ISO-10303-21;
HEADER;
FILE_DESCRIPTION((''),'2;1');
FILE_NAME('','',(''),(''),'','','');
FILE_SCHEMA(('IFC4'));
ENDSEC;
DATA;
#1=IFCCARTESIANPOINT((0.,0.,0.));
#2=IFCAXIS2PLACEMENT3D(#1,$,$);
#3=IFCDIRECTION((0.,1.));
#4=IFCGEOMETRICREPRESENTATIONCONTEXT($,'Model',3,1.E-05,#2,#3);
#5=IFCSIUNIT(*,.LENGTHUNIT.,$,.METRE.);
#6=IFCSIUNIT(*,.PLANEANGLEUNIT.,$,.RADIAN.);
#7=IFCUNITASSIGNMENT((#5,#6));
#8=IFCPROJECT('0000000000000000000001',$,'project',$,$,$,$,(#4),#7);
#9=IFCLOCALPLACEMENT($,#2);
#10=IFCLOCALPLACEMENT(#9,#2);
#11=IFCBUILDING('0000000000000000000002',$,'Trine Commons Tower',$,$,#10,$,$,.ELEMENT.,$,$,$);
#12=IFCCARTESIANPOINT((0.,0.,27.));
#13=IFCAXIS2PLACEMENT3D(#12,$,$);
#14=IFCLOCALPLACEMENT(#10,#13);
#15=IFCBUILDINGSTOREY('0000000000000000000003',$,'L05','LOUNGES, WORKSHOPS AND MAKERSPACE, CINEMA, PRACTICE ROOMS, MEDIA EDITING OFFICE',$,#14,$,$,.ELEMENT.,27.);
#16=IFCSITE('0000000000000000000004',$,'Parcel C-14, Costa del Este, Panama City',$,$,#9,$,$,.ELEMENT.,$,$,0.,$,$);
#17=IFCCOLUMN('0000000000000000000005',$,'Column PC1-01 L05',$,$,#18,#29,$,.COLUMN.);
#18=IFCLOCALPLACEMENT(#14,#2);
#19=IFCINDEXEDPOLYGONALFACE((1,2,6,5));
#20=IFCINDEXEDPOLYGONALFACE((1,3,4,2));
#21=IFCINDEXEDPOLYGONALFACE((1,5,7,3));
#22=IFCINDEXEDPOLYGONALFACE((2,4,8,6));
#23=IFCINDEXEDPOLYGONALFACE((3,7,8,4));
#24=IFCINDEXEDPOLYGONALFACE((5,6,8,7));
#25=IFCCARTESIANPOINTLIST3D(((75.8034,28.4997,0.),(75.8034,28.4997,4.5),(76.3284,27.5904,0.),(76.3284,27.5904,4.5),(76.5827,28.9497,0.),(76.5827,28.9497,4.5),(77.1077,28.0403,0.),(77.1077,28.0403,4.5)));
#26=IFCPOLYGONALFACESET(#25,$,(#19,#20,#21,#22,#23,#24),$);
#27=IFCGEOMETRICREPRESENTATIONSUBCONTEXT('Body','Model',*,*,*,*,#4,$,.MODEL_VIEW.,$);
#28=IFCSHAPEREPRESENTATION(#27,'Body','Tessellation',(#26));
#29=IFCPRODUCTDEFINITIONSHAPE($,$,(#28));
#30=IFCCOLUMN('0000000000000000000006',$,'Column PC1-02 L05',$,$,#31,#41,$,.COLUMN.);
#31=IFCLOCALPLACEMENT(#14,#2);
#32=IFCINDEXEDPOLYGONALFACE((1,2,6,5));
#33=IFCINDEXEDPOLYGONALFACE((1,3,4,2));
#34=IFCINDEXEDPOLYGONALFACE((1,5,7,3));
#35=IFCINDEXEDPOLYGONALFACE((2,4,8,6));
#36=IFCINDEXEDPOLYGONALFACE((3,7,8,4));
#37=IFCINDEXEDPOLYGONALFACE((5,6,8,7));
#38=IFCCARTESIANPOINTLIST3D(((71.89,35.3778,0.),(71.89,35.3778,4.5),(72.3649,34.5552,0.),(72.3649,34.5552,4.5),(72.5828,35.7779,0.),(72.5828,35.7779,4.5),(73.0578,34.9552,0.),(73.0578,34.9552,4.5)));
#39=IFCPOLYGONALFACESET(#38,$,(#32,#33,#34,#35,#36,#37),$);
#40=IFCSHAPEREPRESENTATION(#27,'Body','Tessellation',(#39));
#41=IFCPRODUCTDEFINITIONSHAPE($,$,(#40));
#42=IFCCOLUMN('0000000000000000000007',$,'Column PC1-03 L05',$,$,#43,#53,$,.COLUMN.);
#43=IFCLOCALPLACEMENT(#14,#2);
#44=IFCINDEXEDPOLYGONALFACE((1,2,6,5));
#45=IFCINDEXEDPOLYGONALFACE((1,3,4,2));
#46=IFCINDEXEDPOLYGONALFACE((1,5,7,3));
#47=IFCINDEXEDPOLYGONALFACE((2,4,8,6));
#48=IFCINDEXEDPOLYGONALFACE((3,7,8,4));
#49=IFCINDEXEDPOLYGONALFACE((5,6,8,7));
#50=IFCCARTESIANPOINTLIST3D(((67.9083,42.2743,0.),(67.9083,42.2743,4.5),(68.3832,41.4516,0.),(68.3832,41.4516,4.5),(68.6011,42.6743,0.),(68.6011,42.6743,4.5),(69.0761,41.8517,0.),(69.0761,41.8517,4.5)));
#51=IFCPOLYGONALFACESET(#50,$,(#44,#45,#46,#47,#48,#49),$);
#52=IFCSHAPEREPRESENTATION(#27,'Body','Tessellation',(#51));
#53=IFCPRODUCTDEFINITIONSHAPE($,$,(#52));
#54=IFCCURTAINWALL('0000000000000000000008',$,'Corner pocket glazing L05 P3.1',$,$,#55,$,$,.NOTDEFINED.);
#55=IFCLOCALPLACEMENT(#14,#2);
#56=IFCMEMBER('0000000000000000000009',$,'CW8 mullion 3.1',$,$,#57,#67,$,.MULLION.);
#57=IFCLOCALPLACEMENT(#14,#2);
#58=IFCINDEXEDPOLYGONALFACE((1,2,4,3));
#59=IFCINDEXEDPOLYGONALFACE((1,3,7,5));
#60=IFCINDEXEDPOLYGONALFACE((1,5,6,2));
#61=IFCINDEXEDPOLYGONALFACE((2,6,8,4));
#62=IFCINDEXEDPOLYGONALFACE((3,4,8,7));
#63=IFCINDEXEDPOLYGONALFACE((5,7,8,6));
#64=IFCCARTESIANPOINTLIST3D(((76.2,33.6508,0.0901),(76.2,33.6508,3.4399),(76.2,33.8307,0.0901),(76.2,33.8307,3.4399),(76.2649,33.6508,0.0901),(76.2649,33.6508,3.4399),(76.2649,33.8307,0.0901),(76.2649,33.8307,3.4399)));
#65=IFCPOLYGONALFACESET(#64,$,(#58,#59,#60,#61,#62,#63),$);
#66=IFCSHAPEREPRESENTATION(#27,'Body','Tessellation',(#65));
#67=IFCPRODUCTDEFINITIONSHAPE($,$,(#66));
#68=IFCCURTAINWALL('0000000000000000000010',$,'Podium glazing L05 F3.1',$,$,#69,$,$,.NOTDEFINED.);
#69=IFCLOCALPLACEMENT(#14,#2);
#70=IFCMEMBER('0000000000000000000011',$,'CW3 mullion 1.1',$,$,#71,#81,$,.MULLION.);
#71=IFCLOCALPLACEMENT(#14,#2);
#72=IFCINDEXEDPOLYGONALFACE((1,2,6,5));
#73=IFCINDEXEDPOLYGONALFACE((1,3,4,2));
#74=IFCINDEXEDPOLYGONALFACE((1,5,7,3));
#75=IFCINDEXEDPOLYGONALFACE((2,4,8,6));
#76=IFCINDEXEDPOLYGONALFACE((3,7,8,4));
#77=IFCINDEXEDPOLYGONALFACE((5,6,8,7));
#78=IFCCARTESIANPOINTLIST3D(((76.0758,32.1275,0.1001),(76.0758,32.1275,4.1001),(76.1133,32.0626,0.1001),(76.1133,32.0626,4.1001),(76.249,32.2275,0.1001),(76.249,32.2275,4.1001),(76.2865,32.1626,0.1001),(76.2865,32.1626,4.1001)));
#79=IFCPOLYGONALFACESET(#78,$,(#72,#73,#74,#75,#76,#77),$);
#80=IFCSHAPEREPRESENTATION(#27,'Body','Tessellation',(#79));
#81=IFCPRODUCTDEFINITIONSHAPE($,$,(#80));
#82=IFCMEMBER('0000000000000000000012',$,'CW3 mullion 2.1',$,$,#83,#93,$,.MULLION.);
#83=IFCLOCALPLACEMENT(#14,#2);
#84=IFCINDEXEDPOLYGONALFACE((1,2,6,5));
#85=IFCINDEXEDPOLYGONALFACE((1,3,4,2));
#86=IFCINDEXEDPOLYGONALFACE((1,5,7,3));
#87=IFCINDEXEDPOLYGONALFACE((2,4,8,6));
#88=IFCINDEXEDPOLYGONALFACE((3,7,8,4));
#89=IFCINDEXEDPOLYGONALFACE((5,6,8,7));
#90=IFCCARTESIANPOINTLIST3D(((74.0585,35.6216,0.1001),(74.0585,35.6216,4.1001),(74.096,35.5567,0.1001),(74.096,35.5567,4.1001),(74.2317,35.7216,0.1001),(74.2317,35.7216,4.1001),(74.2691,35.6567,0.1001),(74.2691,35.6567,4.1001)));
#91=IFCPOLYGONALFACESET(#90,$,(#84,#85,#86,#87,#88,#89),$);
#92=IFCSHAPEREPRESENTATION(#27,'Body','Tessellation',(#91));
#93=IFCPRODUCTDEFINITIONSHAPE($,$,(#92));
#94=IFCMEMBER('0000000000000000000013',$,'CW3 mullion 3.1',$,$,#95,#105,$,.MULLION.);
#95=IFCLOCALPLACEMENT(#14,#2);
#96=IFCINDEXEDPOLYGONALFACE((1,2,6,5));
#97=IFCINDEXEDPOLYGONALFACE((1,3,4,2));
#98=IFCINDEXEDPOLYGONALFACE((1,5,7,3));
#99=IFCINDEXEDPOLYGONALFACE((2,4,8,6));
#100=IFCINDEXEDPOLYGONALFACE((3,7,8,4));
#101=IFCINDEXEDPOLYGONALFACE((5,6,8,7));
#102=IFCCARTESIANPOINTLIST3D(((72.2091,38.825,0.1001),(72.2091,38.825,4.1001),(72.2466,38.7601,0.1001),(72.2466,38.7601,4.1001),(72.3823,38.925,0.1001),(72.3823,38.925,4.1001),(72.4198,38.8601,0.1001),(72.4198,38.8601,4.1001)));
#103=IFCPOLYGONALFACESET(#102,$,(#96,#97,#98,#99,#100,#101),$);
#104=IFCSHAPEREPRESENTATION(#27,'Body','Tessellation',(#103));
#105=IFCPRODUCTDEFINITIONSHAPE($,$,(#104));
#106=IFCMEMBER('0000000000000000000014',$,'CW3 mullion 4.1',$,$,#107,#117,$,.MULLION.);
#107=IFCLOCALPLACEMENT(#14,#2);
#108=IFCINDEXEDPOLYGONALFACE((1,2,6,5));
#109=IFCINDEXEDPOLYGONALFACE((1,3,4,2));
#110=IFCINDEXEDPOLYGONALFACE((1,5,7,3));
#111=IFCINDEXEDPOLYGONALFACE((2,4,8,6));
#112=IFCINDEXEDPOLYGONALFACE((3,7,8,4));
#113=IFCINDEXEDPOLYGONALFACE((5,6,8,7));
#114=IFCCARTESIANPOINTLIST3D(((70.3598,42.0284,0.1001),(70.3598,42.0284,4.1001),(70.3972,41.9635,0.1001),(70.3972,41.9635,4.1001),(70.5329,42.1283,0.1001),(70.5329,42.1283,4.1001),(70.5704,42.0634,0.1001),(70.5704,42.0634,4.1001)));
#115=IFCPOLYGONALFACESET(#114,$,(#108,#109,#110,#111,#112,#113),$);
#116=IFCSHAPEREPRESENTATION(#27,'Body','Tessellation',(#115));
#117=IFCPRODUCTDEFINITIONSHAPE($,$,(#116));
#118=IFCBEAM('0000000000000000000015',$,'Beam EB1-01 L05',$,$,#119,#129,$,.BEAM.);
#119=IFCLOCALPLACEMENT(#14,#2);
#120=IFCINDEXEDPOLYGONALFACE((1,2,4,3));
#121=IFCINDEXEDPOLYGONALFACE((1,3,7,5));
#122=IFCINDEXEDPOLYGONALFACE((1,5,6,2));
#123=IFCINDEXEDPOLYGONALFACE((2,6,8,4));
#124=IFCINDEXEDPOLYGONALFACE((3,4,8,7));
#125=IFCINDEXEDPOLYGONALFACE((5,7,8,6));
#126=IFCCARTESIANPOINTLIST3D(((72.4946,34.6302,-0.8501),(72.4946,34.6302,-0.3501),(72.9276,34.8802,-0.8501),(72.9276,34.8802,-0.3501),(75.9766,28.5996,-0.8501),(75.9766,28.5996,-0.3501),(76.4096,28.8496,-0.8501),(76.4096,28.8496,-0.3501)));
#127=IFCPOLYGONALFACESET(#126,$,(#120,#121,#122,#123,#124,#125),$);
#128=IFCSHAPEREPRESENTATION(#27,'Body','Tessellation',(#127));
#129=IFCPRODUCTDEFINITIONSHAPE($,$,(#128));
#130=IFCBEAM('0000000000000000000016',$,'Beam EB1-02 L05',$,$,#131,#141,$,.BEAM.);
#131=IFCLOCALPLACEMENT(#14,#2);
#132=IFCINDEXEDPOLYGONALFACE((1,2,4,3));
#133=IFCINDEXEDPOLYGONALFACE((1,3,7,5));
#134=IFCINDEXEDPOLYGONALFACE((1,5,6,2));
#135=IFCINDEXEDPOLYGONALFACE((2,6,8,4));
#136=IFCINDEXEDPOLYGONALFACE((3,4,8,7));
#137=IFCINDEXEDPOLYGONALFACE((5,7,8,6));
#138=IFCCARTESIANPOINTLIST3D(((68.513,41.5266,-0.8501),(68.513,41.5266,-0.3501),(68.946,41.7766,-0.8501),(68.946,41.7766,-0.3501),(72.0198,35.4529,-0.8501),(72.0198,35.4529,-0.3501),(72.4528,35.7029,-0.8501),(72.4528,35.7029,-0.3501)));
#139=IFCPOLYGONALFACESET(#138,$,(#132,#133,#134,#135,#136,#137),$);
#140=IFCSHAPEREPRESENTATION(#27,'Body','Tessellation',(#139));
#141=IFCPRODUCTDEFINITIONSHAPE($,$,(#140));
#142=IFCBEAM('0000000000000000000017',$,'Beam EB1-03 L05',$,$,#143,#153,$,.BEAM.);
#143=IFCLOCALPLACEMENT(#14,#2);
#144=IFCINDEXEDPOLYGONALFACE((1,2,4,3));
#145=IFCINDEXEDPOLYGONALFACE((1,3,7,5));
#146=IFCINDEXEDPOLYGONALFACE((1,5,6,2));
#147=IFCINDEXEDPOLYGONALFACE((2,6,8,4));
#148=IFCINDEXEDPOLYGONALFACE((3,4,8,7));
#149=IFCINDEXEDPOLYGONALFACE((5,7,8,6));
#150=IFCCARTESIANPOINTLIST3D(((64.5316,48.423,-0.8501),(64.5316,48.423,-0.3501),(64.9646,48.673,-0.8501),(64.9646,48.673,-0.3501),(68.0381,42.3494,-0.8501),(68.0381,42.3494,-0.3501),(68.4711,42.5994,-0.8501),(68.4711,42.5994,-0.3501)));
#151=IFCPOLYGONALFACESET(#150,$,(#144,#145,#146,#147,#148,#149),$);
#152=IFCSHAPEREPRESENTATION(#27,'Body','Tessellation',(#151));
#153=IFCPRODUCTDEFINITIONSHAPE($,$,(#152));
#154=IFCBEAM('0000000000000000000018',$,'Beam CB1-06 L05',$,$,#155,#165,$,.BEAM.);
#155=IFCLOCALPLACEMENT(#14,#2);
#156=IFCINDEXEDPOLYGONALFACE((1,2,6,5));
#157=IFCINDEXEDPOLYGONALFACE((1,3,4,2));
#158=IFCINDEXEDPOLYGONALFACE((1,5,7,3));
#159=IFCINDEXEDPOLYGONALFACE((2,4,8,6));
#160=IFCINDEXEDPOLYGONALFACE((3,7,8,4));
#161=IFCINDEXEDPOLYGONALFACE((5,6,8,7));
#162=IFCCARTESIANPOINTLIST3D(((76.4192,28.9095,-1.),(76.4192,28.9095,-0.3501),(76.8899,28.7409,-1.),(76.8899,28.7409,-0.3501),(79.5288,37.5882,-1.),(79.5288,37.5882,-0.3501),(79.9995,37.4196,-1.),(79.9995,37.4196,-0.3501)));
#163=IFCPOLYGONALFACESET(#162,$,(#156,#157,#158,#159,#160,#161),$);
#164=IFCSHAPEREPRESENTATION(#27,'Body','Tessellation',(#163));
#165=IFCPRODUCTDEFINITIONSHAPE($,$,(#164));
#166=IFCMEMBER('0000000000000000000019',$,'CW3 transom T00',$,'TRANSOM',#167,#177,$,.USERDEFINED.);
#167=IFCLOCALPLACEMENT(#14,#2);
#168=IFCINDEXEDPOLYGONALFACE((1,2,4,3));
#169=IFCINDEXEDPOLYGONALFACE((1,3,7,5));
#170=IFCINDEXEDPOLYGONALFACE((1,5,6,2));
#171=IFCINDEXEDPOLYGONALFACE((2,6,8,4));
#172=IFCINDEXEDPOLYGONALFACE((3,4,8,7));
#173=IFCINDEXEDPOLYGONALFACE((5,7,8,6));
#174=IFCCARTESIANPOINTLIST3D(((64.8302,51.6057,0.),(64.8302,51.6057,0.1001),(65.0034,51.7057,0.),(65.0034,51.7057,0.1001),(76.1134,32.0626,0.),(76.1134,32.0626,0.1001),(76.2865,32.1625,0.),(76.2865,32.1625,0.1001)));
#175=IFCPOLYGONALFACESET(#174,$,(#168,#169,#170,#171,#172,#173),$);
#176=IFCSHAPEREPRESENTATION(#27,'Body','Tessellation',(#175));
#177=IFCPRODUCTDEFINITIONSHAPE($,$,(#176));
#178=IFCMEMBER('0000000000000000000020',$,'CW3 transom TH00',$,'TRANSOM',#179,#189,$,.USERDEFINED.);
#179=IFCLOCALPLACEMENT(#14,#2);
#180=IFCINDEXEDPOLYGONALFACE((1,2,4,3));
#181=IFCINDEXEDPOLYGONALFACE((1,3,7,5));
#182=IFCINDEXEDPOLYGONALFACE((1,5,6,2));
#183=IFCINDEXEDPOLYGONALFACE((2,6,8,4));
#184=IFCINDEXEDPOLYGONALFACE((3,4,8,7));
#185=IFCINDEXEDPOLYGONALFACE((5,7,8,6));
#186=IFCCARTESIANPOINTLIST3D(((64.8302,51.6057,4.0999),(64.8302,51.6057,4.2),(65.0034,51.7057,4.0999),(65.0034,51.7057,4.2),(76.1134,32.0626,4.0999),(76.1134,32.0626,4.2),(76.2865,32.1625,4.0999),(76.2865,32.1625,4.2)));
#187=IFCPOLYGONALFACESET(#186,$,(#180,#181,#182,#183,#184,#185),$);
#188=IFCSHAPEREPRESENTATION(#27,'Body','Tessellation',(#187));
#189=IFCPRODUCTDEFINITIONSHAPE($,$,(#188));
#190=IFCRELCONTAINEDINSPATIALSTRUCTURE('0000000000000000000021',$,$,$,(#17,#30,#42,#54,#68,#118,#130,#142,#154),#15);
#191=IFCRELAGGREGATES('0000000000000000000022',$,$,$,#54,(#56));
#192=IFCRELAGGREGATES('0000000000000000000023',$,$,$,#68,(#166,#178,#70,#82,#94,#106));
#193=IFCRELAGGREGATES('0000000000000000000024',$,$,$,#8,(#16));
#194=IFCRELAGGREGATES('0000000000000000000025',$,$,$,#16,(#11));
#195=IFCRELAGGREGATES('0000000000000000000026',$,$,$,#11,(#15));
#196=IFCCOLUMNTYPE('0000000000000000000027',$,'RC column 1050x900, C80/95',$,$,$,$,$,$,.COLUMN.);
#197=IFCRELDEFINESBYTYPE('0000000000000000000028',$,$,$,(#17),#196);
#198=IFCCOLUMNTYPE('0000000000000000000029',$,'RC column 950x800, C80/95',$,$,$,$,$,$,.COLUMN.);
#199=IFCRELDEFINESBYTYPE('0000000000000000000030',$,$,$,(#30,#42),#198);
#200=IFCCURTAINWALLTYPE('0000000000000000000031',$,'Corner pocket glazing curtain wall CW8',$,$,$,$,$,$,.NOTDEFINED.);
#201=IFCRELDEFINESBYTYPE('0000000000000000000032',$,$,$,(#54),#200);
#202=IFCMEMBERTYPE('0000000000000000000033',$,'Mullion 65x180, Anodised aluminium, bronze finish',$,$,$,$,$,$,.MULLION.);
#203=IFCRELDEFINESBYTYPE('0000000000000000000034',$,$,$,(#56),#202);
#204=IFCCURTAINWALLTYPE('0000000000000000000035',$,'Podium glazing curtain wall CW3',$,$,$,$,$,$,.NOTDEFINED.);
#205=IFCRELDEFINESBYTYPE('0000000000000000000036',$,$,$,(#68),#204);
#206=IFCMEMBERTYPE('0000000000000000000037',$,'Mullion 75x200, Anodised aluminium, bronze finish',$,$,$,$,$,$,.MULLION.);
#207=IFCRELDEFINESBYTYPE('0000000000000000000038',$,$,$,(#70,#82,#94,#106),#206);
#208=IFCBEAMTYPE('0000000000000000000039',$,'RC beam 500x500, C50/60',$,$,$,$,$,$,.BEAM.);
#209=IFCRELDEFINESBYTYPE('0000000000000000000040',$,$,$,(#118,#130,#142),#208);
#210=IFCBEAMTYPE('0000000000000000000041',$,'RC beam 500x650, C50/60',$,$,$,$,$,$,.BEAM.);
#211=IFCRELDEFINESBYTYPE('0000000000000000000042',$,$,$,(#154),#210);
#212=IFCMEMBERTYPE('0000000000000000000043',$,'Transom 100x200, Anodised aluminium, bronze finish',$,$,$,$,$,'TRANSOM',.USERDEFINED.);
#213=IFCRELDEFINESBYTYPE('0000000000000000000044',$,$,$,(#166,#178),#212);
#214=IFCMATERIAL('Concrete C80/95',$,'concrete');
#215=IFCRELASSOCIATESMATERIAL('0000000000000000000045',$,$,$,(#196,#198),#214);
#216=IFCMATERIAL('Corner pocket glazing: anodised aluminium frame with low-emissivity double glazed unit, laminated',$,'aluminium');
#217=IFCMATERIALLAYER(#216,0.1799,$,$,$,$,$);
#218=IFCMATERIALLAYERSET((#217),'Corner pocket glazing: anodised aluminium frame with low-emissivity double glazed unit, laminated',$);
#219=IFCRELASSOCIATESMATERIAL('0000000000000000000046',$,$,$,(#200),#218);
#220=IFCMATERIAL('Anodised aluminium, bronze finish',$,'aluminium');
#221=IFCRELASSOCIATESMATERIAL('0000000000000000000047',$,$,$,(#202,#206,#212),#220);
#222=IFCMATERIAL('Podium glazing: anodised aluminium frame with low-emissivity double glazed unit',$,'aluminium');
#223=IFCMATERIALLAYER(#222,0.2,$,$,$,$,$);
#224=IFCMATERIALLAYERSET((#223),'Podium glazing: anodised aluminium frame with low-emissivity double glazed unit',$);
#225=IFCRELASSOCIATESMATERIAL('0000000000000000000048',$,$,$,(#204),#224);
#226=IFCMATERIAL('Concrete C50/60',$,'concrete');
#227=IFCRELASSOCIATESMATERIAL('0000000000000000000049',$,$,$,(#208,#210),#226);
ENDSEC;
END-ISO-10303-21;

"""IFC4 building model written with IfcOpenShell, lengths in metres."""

from ifc_helpers import new_model, si_unit, direction, frame, origin, origin_2d, place, context, subcontext, project, spatial, rectangle, extrude, material, layer, layer_set, material_profile, profile_set, type_object, element, aggregate, save


model = new_model("IFC4")

# Units and contexts
model_context = context("Model", 3, precision=1e-05, world=origin(), true_north=direction((0.0, 1.0)))
body_context = subcontext(model_context, "Body", "Model", "MODEL_VIEW")
ifc_project = project(units=[si_unit("LENGTHUNIT", "METRE"), si_unit("PLANEANGLEUNIT", "RADIAN")], contexts=[model_context])

# Site, building, storey
site_placement = place(None, origin())
site = spatial("IfcSite", under=ifc_project, at=site_placement, Name="Parcel C-14, Costa del Este, Panama City", CompositionType="ELEMENT", RefElevation=0.0)
building_placement = place(site_placement, origin())
building = spatial("IfcBuilding", under=site, at=building_placement, Name="Trine Commons Tower", CompositionType="ELEMENT")
storey_placement = place(building_placement, frame((0.0, 0.0, 27.0)))
storey = spatial("IfcBuildingStorey", under=building, at=storey_placement, Name="L05", Description="LOUNGES, WORKSHOPS AND MAKERSPACE, CINEMA, PRACTICE ROOMS, MEDIA EDITING OFFICE", CompositionType="ELEMENT", Elevation=27.0)

# Columns
ifc_material_1 = material(Name="Concrete C80/95", Category="concrete")
ifc_material_profile_1 = material_profile(ifc_material_1, rectangle(XDim=1.05, YDim=0.8999, at=origin_2d()), Name="RC 1050x900")
ifc_profile_set_1 = profile_set([ifc_material_profile_1], Name="Concrete C80/95")
column_type_1 = type_object("IfcColumnType", Name="RC column 1050x900, C80/95", PredefinedType="COLUMN", material=ifc_profile_set_1)
column_placement = place(storey_placement, frame((76.4556, 28.27, 0.0), z_axis=(0.0, 0.0, 1.0), x_axis=(-0.5, 0.866025, 0.0)))
element("IfcColumn", 1, at=column_placement, inside=storey, type_object=column_type_1, Name="Column PC1-01 L05", PredefinedType="COLUMN", context=body_context, shape_type="SweptSolid", body=[
    extrude(rectangle(XDim=1.05, YDim=0.8999, at=origin_2d()), origin(), (0.0, 0.0, 1.0), 4.5),
])
ifc_material_profile_2 = material_profile(ifc_material_1, rectangle(XDim=0.95, YDim=0.8, at=origin_2d()), Name="RC 950x800")
ifc_profile_set_2 = profile_set([ifc_material_profile_2], Name="Concrete C80/95")
column_type_2 = type_object("IfcColumnType", Name="RC column 950x800, C80/95", PredefinedType="COLUMN", material=ifc_profile_set_2)
for number, where, z_axis, x_axis, name in (
    (2, (72.4739, 35.1665, 0.0), (0.0, 0.0, 1.0), (-0.5, 0.866025, 0.0), "Column PC1-02 L05"),
    (3, (68.4922, 42.063, 0.0), (0.0, 0.0, 1.0), (-0.5, 0.866025, 0.0), "Column PC1-03 L05"),
):
    element("IfcColumn", number, at=place(storey_placement, frame(where, z_axis=z_axis, x_axis=x_axis)), inside=storey, type_object=column_type_2, Name=name, PredefinedType="COLUMN", context=body_context, shape_type="SweptSolid", body=[
        extrude(rectangle(XDim=0.95, YDim=0.8, at=origin_2d()), origin(), (0.0, 0.0, 1.0), 4.5),
    ])

# Curtain wall, member
ifc_material_2 = material(Name="Corner pocket glazing: anodised aluminium frame with low-emissivity double glazed unit, laminated", Category="aluminium")
ifc_layer_1 = layer(ifc_material_2, 0.1799)
ifc_layer_set_1 = layer_set([ifc_layer_1], Name="Corner pocket glazing: anodised aluminium frame with low-emissivity double glazed unit, laminated")
curtain_wall_type_1 = type_object("IfcCurtainWallType", Name="Corner pocket glazing curtain wall CW8", PredefinedType="NOTDEFINED", material=ifc_layer_set_1)
curtain_wall_1_placement = place(storey_placement, origin())
curtain_wall_1 = element("IfcCurtainWall", 4, at=curtain_wall_1_placement, inside=storey, type_object=curtain_wall_type_1, Name="Corner pocket glazing L05 P3.1", PredefinedType="NOTDEFINED")
ifc_material_3 = material(Name="Anodised aluminium, bronze finish", Category="aluminium")
ifc_material_profile_3 = material_profile(ifc_material_3, rectangle(XDim=0.1799, YDim=0.0649, at=origin_2d()), Name="Mullion 65x180")
ifc_profile_set_3 = profile_set([ifc_material_profile_3], Name="Anodised aluminium, bronze finish")
member_type_1 = type_object("IfcMemberType", Name="Mullion 65x180, Anodised aluminium, bronze finish", PredefinedType="MULLION", material=ifc_profile_set_3)
member_1_placement = place(storey_placement, frame((76.2324, 33.7407, 0.0901), z_axis=(0.0, 0.0, 1.0), x_axis=(0.0, -1.0, 0.0)))
member_1 = element("IfcMember", 5, at=member_1_placement, type_object=member_type_1, Name="CW8 mullion 3.1", PredefinedType="MULLION", context=body_context, shape_type="SweptSolid", body=[
    extrude(rectangle(XDim=0.1799, YDim=0.0649, at=origin_2d()), origin(), (0.0, 0.0, 1.0), 3.3499),
])

# Curtain wall, members
ifc_material_4 = material(Name="Podium glazing: anodised aluminium frame with low-emissivity double glazed unit", Category="aluminium")
ifc_layer_2 = layer(ifc_material_4, 0.2)
ifc_layer_set_2 = layer_set([ifc_layer_2], Name="Podium glazing: anodised aluminium frame with low-emissivity double glazed unit")
curtain_wall_type_2 = type_object("IfcCurtainWallType", Name="Podium glazing curtain wall CW3", PredefinedType="NOTDEFINED", material=ifc_layer_set_2)
curtain_wall_2_placement = place(storey_placement, origin())
curtain_wall_2 = element("IfcCurtainWall", 6, at=curtain_wall_2_placement, inside=storey, type_object=curtain_wall_type_2, Name="Podium glazing L05 F3.1", PredefinedType="NOTDEFINED")
ifc_material_profile_4 = material_profile(ifc_material_3, rectangle(XDim=0.2, YDim=0.075, at=origin_2d()), Name="Mullion 75x200")
ifc_profile_set_4 = profile_set([ifc_material_profile_4], Name="Anodised aluminium, bronze finish")
member_type_2 = type_object("IfcMemberType", Name="Mullion 75x200, Anodised aluminium, bronze finish", PredefinedType="MULLION", material=ifc_profile_set_4)
member_2_placement = place(storey_placement, frame((76.1812, 32.145, 0.1001), z_axis=(0.0, 0.0, 1.0), x_axis=(-0.866025, -0.5, 0.0)))
member_2 = element("IfcMember", 7, at=member_2_placement, type_object=member_type_2, Name="CW3 mullion 1.1", PredefinedType="MULLION", context=body_context, shape_type="SweptSolid", body=[
    extrude(rectangle(XDim=0.2, YDim=0.075, at=origin_2d()), origin(), (0.0, 0.0, 1.0), 4.0),
])
member_3_placement = place(storey_placement, frame((74.1638, 35.6392, 0.1001), z_axis=(0.0, 0.0, 1.0), x_axis=(-0.866025, -0.5, 0.0)))
member_3 = element("IfcMember", 8, at=member_3_placement, type_object=member_type_2, Name="CW3 mullion 2.1", PredefinedType="MULLION", context=body_context, shape_type="SweptSolid", body=[
    extrude(rectangle(XDim=0.2, YDim=0.075, at=origin_2d()), origin(), (0.0, 0.0, 1.0), 4.0),
])
member_4_placement = place(storey_placement, frame((72.3145, 38.8425, 0.1001), z_axis=(0.0, 0.0, 1.0), x_axis=(-0.866025, -0.5, 0.0)))
member_4 = element("IfcMember", 9, at=member_4_placement, type_object=member_type_2, Name="CW3 mullion 3.1", PredefinedType="MULLION", context=body_context, shape_type="SweptSolid", body=[
    extrude(rectangle(XDim=0.2, YDim=0.075, at=origin_2d()), origin(), (0.0, 0.0, 1.0), 4.0),
])
member_5_placement = place(storey_placement, frame((70.4651, 42.0459, 0.1001), z_axis=(0.0, 0.0, 1.0), x_axis=(-0.866025, -0.5, 0.0)))
member_5 = element("IfcMember", 10, at=member_5_placement, type_object=member_type_2, Name="CW3 mullion 4.1", PredefinedType="MULLION", context=body_context, shape_type="SweptSolid", body=[
    extrude(rectangle(XDim=0.2, YDim=0.075, at=origin_2d()), origin(), (0.0, 0.0, 1.0), 4.0),
])

# Beams
ifc_material_5 = material(Name="Concrete C50/60", Category="concrete")
ifc_material_profile_5 = material_profile(ifc_material_5, rectangle(XDim=0.5, YDim=0.5, at=origin_2d()), Name="RC 500x500")
ifc_profile_set_5 = profile_set([ifc_material_profile_5], Name="Concrete C50/60")
beam_type_1 = type_object("IfcBeamType", Name="RC beam 500x500, C50/60", PredefinedType="BEAM", material=ifc_profile_set_5)
beam_1_placement = place(storey_placement, frame((76.1931, 28.7246, -0.6001), z_axis=(-0.500023, 0.866012, 0.0), x_axis=(-0.866012, -0.500023, 0.0)))
element("IfcBeam", 11, at=beam_1_placement, inside=storey, type_object=beam_type_1, Name="Beam EB1-01 L05", PredefinedType="BEAM", context=body_context, shape_type="SweptSolid", body=[
    extrude(rectangle(XDim=0.5, YDim=0.5, at=origin_2d()), origin(), (0.0, 0.0, 1.0), 6.9636),
])
beam_2_placement = place(storey_placement, frame((72.2363, 35.5779, -0.6001), z_axis=(-0.500018, 0.866015, 0.0), x_axis=(-0.866015, -0.500018, 0.0)))
element("IfcBeam", 12, at=beam_2_placement, inside=storey, type_object=beam_type_1, Name="Beam EB1-02 L05", PredefinedType="BEAM", context=body_context, shape_type="SweptSolid", body=[
    extrude(rectangle(XDim=0.5, YDim=0.5, at=origin_2d()), origin(), (0.0, 0.0, 1.0), 7.0134),
])
beam_3_placement = place(storey_placement, frame((68.2546, 42.4744, -0.6001), z_axis=(-0.499992, 0.86603, 0.0), x_axis=(-0.86603, -0.499992, 0.0)))
element("IfcBeam", 13, at=beam_3_placement, inside=storey, type_object=beam_type_1, Name="Beam EB1-03 L05", PredefinedType="BEAM", context=body_context, shape_type="SweptSolid", body=[
    extrude(rectangle(XDim=0.5, YDim=0.5, at=origin_2d()), origin(), (0.0, 0.0, 1.0), 7.0132),
])
ifc_material_profile_6 = material_profile(ifc_material_5, rectangle(XDim=0.5, YDim=0.6499, at=origin_2d()), Name="RC 500x650")
ifc_profile_set_6 = profile_set([ifc_material_profile_6], Name="Concrete C50/60")
beam_type_2 = type_object("IfcBeamType", Name="RC beam 500x650, C50/60", PredefinedType="BEAM", material=ifc_profile_set_6)
beam_4_placement = place(storey_placement, frame((76.6545, 28.8252, -0.675), z_axis=(0.337306, 0.941395, 0.0), x_axis=(-0.941395, 0.337306, 0.0)))
element("IfcBeam", 14, at=beam_4_placement, inside=storey, type_object=beam_type_2, Name="Beam CB1-06 L05", PredefinedType="BEAM", context=body_context, shape_type="SweptSolid", body=[
    extrude(rectangle(XDim=0.5, YDim=0.6499, at=origin_2d()), origin(), (0.0, 0.0, 1.0), 9.219),
])

# Members
ifc_material_profile_7 = material_profile(ifc_material_3, rectangle(XDim=0.2, YDim=0.1001, at=origin_2d()), Name="Transom 100x200")
ifc_profile_set_7 = profile_set([ifc_material_profile_7], Name="Anodised aluminium, bronze finish")
member_type_3 = type_object("IfcMemberType", Name="Transom 100x200, Anodised aluminium, bronze finish", ElementType="TRANSOM", PredefinedType="USERDEFINED", material=ifc_profile_set_7)
member_6_placement = place(storey_placement, frame((76.2, 32.1125, 0.05), z_axis=(-0.499997, 0.866027, 0.0), x_axis=(-0.866027, -0.499997, 0.0)))
member_6 = element("IfcMember", 15, at=member_6_placement, type_object=member_type_3, Name="CW3 transom T00", ObjectType="TRANSOM", PredefinedType="USERDEFINED", context=body_context, shape_type="SweptSolid", body=[
    extrude(rectangle(XDim=0.2, YDim=0.1001, at=origin_2d()), origin(), (0.0, 0.0, 1.0), 22.5664),
])
member_7_placement = place(storey_placement, frame((76.2, 32.1125, 4.1499), z_axis=(-0.499997, 0.866027, 0.0), x_axis=(-0.866027, -0.499997, 0.0)))
member_7 = element("IfcMember", 16, at=member_7_placement, type_object=member_type_3, Name="CW3 transom TH00", ObjectType="TRANSOM", PredefinedType="USERDEFINED", context=body_context, shape_type="SweptSolid", body=[
    extrude(rectangle(XDim=0.2, YDim=0.1001, at=origin_2d()), origin(), (0.0, 0.0, 1.0), 22.5664),
])

aggregate(curtain_wall_1, [member_1])
aggregate(curtain_wall_2, [member_6, member_7, member_2, member_3, member_4, member_5])

save(model, "model.ifc")
